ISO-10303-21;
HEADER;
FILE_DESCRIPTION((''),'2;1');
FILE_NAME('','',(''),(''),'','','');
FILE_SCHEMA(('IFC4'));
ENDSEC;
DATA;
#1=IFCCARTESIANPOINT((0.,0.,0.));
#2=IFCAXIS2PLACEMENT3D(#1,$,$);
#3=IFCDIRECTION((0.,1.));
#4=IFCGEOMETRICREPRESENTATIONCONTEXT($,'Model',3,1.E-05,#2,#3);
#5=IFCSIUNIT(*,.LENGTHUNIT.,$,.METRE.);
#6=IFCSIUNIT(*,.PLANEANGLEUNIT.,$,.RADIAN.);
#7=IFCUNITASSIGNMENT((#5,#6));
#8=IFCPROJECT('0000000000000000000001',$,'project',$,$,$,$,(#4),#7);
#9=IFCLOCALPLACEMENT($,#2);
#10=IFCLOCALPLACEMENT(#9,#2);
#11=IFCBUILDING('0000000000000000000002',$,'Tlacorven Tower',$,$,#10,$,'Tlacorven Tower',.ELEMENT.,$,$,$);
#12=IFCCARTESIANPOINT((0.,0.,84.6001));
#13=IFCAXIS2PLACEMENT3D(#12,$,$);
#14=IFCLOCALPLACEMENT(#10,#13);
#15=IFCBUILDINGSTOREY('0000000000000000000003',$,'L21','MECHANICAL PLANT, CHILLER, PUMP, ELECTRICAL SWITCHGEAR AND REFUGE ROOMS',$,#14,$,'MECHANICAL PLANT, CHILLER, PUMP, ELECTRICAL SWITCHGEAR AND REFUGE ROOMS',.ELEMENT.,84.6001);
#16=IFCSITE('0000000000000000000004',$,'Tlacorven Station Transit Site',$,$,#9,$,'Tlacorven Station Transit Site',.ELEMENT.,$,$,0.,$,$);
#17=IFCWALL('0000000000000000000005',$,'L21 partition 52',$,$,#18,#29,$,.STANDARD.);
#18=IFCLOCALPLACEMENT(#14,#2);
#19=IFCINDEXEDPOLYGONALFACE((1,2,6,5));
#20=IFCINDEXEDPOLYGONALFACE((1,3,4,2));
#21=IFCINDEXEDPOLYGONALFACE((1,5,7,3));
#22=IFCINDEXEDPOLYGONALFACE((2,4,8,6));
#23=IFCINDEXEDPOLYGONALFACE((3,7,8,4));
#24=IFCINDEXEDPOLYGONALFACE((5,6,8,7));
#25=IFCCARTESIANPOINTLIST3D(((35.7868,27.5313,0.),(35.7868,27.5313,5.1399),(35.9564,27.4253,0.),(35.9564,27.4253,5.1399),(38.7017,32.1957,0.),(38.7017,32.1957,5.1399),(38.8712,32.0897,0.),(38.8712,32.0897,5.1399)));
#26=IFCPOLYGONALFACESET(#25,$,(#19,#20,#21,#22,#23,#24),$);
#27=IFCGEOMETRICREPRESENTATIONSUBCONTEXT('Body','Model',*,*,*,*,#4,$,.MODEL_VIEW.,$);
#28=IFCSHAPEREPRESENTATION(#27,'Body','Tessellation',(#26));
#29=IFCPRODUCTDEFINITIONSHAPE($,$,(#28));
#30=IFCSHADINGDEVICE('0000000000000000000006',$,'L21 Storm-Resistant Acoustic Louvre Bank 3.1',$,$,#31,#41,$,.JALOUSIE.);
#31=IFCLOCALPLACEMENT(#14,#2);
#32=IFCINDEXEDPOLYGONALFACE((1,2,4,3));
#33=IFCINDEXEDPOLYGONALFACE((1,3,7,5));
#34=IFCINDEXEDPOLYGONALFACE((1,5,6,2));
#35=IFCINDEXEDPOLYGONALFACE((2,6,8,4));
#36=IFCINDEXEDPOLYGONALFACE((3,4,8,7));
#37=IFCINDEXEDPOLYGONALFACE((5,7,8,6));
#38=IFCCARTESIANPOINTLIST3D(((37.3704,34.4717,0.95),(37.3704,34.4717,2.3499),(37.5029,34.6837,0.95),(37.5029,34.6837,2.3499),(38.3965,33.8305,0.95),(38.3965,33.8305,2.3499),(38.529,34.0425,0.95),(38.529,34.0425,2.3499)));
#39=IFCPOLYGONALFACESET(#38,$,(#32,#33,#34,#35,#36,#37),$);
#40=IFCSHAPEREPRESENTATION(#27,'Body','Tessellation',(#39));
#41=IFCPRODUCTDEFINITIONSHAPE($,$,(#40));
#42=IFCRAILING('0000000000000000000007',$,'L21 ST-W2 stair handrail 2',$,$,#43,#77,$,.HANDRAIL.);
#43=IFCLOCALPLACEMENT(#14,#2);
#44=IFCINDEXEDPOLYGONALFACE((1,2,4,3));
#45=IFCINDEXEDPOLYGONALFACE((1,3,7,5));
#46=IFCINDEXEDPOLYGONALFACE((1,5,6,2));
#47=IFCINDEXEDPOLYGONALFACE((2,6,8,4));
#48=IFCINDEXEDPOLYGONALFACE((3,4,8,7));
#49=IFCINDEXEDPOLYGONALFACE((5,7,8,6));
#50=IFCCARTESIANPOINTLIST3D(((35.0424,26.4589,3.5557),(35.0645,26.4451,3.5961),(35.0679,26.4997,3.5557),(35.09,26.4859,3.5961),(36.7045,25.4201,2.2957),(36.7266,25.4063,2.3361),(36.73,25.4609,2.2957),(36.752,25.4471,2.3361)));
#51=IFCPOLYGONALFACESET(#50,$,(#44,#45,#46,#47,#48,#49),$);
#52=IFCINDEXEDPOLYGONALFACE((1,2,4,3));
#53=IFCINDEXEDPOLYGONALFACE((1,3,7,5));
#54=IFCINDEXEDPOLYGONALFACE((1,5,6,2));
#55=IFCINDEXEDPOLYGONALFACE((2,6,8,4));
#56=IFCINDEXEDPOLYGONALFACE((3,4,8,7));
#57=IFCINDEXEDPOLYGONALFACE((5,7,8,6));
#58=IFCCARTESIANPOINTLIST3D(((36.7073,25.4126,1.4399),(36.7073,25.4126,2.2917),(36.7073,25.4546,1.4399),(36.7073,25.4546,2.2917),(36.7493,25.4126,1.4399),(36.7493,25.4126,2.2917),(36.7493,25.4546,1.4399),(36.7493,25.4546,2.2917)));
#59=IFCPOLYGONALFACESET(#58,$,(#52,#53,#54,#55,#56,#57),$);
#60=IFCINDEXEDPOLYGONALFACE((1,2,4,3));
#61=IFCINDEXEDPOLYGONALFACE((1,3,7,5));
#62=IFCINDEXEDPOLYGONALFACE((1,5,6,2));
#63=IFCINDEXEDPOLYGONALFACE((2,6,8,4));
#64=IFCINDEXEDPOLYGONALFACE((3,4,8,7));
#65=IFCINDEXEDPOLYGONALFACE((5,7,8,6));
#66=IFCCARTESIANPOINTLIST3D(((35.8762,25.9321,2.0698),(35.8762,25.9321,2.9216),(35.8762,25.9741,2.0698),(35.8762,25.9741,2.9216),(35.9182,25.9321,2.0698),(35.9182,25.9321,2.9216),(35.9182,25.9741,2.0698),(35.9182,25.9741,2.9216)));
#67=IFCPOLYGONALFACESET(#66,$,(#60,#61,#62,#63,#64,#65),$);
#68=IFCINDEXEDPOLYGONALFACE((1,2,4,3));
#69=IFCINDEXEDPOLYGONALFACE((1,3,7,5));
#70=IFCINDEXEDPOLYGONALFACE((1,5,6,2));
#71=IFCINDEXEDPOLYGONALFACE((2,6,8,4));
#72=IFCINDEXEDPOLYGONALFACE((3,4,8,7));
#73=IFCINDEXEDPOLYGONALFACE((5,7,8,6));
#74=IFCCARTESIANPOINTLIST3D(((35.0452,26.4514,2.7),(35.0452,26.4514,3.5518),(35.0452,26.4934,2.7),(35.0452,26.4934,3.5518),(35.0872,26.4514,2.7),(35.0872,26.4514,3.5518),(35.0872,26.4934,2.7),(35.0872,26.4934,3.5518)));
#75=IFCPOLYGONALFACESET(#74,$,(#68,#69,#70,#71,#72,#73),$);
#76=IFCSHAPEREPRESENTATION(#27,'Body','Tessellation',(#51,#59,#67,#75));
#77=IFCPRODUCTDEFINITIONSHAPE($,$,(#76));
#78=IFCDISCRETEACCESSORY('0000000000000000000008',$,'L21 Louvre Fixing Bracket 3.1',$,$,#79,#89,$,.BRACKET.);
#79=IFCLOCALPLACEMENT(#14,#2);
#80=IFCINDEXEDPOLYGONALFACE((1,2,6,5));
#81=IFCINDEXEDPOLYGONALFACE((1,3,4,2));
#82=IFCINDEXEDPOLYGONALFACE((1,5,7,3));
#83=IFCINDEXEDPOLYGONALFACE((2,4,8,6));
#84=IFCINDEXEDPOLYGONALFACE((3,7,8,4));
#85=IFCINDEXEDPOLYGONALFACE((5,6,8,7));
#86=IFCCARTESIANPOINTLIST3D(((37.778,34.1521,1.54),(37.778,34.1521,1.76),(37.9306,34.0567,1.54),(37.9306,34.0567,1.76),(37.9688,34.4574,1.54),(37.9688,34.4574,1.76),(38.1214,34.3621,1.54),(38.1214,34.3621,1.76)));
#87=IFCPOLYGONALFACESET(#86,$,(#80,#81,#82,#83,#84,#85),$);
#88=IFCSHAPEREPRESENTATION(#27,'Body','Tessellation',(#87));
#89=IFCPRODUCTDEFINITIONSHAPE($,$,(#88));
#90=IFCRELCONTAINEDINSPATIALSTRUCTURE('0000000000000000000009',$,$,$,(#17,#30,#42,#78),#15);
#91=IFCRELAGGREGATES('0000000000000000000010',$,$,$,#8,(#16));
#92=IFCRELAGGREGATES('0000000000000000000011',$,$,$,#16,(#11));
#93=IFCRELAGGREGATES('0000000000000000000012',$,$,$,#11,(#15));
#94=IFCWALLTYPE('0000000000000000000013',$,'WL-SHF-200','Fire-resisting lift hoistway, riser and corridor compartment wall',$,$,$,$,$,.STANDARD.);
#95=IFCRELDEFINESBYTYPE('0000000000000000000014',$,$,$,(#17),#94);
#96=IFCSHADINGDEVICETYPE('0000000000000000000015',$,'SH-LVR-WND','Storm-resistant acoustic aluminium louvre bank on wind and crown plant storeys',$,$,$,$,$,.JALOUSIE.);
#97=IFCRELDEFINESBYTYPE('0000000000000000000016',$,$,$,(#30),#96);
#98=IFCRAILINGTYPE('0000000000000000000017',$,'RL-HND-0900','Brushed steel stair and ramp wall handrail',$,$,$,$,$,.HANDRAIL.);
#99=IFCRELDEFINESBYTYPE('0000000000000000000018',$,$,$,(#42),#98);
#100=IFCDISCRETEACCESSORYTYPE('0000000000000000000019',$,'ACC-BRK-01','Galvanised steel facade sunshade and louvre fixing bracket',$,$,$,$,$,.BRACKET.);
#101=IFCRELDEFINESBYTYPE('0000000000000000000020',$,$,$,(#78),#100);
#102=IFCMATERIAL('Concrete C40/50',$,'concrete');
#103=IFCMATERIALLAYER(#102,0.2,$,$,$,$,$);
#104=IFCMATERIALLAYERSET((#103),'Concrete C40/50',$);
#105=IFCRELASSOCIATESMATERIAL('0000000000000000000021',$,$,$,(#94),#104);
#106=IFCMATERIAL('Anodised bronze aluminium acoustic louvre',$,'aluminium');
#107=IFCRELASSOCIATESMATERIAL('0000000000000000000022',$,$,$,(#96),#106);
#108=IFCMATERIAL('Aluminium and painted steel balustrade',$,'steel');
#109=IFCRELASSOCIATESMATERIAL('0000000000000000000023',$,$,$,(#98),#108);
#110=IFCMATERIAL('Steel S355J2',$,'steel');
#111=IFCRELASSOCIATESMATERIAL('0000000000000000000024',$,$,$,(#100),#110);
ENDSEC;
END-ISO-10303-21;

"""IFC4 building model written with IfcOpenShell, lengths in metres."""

from ifc_helpers import new_model, si_unit, direction, frame, frame_2d, origin, origin_2d, place, context, subcontext, project, spatial, rectangle, extrude, source, transform, mapped, material, layer, layer_set, type_object, element, save


model = new_model("IFC4")

# Units and contexts
model_context = context("Model", 3, precision=1e-05, world=origin(), true_north=direction((0.0, 1.0)))
body_context = subcontext(model_context, "Body", "Model", "MODEL_VIEW")
ifc_project = project(units=[si_unit("LENGTHUNIT", "METRE"), si_unit("PLANEANGLEUNIT", "RADIAN")], contexts=[model_context])

# Site, building, storey
site_placement = place(None, origin())
site = spatial("IfcSite", under=ifc_project, at=site_placement, Name="Tlacorven Station Transit Site", LongName="Tlacorven Station Transit Site", CompositionType="ELEMENT", RefElevation=0.0)
building_placement = place(site_placement, origin())
building = spatial("IfcBuilding", under=site, at=building_placement, Name="Tlacorven Tower", LongName="Tlacorven Tower", CompositionType="ELEMENT")
storey_placement = place(building_placement, frame((0.0, 0.0, 84.6001)))
storey = spatial("IfcBuildingStorey", under=building, at=storey_placement, Name="L21", Description="MECHANICAL PLANT, CHILLER, PUMP, ELECTRICAL SWITCHGEAR AND REFUGE ROOMS", LongName="MECHANICAL PLANT, CHILLER, PUMP, ELECTRICAL SWITCHGEAR AND REFUGE ROOMS", CompositionType="ELEMENT", Elevation=84.6001)

# Shared definitions
ifc_material_1 = material(Name="Steel S355J2", Category="steel")

# Wall
ifc_material_2 = material(Name="Concrete C40/50", Category="concrete")
ifc_layer_1 = layer(ifc_material_2, 0.2)
ifc_layer_set_1 = layer_set([ifc_layer_1], Name="Concrete C40/50")
wall_type_1 = type_object("IfcWallType", Name="WL-SHF-200", Description="Fire-resisting lift hoistway, riser and corridor compartment wall", PredefinedType="STANDARD", material=ifc_layer_set_1)
wall_1_placement = place(storey_placement, frame((38.7864, 32.1426, 0.0), z_axis=(0.0, 0.0, 1.0), x_axis=(-0.529947, -0.848031, 0.0)))
element("IfcWall", 1, at=wall_1_placement, inside=storey, type_object=wall_type_1, Name="L21 partition 52", PredefinedType="STANDARD", context=body_context, shape_type="SweptSolid", body=[
    extrude(rectangle(XDim=5.5002, YDim=0.2, at=frame_2d((2.75, 0.0))), origin(), (0.0, 0.0, 1.0), 5.1399),
])

# Shading device
ifc_material_3 = material(Name="Anodised bronze aluminium acoustic louvre", Category="aluminium")
shading_device_type = type_object("IfcShadingDeviceType", Name="SH-LVR-WND", Description="Storm-resistant acoustic aluminium louvre bank on wind and crown plant storeys", PredefinedType="JALOUSIE", material=ifc_material_3)
shared_shape_1 = source(origin(), body_context, "Body", "SweptSolid", [
    extrude(rectangle(XDim=1.21, YDim=0.25, at=origin_2d()), origin(), (0.0, 0.0, 1.0), 1.3999),
])
shading_device_placement = place(storey_placement, frame((37.9497, 34.2571, 0.95), z_axis=(0.0, 0.0, 1.0), x_axis=(0.848048, -0.529919, 0.0)))
element("IfcShadingDevice", 2, at=shading_device_placement, inside=storey, type_object=shading_device_type, Name="L21 Storm-Resistant Acoustic Louvre Bank 3.1", PredefinedType="JALOUSIE", context=body_context, shape_type="MappedRepresentation", body=[
    mapped(shared_shape_1, transform((0.0, 0.0, 0.0), scale=1.0)),
])

# Railing
ifc_material_4 = material(Name="Aluminium and painted steel balustrade", Category="steel")
railing_type = type_object("IfcRailingType", Name="RL-HND-0900", Description="Brushed steel stair and ramp wall handrail", PredefinedType="HANDRAIL", material=ifc_material_4)
shared_shape_2 = source(origin(), body_context, "Body", "SweptSolid", [
    extrude(rectangle(XDim=0.0481, YDim=0.0481, at=origin_2d()), frame((0.0, 0.0, 0.876), z_axis=(-0.71332, 0.445825, 0.540753), x_axis=(-0.529999, -0.847998, 0.0)), (0.0, 0.0, 1.0), 2.3301),
    extrude(rectangle(XDim=0.042, YDim=0.042, at=origin_2d()), origin(), (0.0, 0.0, 1.0), 0.8518),
    extrude(rectangle(XDim=0.042, YDim=0.042, at=origin_2d()), frame((-0.8311, 0.5195, 0.6299)), (0.0, 0.0, 1.0), 0.8518),
    extrude(rectangle(XDim=0.042, YDim=0.042, at=origin_2d()), frame((-1.6621, 1.0388, 1.26)), (0.0, 0.0, 1.0), 0.8518),
])
railing_placement = place(storey_placement, frame((36.7283, 25.4336, 1.4399)))
element("IfcRailing", 3, at=railing_placement, inside=storey, type_object=railing_type, Name="L21 ST-W2 stair handrail 2", PredefinedType="HANDRAIL", context=body_context, shape_type="MappedRepresentation", body=[
    mapped(shared_shape_2, transform((0.0, 0.0, 0.0), scale=1.0)),
])

# Discrete accessory
discrete_accessory_type = type_object("IfcDiscreteAccessoryType", Name="ACC-BRK-01", Description="Galvanised steel facade sunshade and louvre fixing bracket", PredefinedType="BRACKET", material=ifc_material_1)
shared_shape_3 = source(origin(), body_context, "Body", "SweptSolid", [
    extrude(rectangle(XDim=0.1799, YDim=0.3601, at=origin_2d()), origin(), (0.0, 0.0, 1.0), 0.22),
])
discrete_accessory_placement = place(storey_placement, frame((37.9497, 34.2571, 1.54), z_axis=(0.0, 0.0, 1.0), x_axis=(0.848048, -0.529919, 0.0)))
element("IfcDiscreteAccessory", 4, at=discrete_accessory_placement, inside=storey, type_object=discrete_accessory_type, Name="L21 Louvre Fixing Bracket 3.1", PredefinedType="BRACKET", context=body_context, shape_type="MappedRepresentation", body=[
    mapped(shared_shape_3, transform((0.0, 0.0, 0.0), scale=1.0)),
])

save(model, "model.ifc")
